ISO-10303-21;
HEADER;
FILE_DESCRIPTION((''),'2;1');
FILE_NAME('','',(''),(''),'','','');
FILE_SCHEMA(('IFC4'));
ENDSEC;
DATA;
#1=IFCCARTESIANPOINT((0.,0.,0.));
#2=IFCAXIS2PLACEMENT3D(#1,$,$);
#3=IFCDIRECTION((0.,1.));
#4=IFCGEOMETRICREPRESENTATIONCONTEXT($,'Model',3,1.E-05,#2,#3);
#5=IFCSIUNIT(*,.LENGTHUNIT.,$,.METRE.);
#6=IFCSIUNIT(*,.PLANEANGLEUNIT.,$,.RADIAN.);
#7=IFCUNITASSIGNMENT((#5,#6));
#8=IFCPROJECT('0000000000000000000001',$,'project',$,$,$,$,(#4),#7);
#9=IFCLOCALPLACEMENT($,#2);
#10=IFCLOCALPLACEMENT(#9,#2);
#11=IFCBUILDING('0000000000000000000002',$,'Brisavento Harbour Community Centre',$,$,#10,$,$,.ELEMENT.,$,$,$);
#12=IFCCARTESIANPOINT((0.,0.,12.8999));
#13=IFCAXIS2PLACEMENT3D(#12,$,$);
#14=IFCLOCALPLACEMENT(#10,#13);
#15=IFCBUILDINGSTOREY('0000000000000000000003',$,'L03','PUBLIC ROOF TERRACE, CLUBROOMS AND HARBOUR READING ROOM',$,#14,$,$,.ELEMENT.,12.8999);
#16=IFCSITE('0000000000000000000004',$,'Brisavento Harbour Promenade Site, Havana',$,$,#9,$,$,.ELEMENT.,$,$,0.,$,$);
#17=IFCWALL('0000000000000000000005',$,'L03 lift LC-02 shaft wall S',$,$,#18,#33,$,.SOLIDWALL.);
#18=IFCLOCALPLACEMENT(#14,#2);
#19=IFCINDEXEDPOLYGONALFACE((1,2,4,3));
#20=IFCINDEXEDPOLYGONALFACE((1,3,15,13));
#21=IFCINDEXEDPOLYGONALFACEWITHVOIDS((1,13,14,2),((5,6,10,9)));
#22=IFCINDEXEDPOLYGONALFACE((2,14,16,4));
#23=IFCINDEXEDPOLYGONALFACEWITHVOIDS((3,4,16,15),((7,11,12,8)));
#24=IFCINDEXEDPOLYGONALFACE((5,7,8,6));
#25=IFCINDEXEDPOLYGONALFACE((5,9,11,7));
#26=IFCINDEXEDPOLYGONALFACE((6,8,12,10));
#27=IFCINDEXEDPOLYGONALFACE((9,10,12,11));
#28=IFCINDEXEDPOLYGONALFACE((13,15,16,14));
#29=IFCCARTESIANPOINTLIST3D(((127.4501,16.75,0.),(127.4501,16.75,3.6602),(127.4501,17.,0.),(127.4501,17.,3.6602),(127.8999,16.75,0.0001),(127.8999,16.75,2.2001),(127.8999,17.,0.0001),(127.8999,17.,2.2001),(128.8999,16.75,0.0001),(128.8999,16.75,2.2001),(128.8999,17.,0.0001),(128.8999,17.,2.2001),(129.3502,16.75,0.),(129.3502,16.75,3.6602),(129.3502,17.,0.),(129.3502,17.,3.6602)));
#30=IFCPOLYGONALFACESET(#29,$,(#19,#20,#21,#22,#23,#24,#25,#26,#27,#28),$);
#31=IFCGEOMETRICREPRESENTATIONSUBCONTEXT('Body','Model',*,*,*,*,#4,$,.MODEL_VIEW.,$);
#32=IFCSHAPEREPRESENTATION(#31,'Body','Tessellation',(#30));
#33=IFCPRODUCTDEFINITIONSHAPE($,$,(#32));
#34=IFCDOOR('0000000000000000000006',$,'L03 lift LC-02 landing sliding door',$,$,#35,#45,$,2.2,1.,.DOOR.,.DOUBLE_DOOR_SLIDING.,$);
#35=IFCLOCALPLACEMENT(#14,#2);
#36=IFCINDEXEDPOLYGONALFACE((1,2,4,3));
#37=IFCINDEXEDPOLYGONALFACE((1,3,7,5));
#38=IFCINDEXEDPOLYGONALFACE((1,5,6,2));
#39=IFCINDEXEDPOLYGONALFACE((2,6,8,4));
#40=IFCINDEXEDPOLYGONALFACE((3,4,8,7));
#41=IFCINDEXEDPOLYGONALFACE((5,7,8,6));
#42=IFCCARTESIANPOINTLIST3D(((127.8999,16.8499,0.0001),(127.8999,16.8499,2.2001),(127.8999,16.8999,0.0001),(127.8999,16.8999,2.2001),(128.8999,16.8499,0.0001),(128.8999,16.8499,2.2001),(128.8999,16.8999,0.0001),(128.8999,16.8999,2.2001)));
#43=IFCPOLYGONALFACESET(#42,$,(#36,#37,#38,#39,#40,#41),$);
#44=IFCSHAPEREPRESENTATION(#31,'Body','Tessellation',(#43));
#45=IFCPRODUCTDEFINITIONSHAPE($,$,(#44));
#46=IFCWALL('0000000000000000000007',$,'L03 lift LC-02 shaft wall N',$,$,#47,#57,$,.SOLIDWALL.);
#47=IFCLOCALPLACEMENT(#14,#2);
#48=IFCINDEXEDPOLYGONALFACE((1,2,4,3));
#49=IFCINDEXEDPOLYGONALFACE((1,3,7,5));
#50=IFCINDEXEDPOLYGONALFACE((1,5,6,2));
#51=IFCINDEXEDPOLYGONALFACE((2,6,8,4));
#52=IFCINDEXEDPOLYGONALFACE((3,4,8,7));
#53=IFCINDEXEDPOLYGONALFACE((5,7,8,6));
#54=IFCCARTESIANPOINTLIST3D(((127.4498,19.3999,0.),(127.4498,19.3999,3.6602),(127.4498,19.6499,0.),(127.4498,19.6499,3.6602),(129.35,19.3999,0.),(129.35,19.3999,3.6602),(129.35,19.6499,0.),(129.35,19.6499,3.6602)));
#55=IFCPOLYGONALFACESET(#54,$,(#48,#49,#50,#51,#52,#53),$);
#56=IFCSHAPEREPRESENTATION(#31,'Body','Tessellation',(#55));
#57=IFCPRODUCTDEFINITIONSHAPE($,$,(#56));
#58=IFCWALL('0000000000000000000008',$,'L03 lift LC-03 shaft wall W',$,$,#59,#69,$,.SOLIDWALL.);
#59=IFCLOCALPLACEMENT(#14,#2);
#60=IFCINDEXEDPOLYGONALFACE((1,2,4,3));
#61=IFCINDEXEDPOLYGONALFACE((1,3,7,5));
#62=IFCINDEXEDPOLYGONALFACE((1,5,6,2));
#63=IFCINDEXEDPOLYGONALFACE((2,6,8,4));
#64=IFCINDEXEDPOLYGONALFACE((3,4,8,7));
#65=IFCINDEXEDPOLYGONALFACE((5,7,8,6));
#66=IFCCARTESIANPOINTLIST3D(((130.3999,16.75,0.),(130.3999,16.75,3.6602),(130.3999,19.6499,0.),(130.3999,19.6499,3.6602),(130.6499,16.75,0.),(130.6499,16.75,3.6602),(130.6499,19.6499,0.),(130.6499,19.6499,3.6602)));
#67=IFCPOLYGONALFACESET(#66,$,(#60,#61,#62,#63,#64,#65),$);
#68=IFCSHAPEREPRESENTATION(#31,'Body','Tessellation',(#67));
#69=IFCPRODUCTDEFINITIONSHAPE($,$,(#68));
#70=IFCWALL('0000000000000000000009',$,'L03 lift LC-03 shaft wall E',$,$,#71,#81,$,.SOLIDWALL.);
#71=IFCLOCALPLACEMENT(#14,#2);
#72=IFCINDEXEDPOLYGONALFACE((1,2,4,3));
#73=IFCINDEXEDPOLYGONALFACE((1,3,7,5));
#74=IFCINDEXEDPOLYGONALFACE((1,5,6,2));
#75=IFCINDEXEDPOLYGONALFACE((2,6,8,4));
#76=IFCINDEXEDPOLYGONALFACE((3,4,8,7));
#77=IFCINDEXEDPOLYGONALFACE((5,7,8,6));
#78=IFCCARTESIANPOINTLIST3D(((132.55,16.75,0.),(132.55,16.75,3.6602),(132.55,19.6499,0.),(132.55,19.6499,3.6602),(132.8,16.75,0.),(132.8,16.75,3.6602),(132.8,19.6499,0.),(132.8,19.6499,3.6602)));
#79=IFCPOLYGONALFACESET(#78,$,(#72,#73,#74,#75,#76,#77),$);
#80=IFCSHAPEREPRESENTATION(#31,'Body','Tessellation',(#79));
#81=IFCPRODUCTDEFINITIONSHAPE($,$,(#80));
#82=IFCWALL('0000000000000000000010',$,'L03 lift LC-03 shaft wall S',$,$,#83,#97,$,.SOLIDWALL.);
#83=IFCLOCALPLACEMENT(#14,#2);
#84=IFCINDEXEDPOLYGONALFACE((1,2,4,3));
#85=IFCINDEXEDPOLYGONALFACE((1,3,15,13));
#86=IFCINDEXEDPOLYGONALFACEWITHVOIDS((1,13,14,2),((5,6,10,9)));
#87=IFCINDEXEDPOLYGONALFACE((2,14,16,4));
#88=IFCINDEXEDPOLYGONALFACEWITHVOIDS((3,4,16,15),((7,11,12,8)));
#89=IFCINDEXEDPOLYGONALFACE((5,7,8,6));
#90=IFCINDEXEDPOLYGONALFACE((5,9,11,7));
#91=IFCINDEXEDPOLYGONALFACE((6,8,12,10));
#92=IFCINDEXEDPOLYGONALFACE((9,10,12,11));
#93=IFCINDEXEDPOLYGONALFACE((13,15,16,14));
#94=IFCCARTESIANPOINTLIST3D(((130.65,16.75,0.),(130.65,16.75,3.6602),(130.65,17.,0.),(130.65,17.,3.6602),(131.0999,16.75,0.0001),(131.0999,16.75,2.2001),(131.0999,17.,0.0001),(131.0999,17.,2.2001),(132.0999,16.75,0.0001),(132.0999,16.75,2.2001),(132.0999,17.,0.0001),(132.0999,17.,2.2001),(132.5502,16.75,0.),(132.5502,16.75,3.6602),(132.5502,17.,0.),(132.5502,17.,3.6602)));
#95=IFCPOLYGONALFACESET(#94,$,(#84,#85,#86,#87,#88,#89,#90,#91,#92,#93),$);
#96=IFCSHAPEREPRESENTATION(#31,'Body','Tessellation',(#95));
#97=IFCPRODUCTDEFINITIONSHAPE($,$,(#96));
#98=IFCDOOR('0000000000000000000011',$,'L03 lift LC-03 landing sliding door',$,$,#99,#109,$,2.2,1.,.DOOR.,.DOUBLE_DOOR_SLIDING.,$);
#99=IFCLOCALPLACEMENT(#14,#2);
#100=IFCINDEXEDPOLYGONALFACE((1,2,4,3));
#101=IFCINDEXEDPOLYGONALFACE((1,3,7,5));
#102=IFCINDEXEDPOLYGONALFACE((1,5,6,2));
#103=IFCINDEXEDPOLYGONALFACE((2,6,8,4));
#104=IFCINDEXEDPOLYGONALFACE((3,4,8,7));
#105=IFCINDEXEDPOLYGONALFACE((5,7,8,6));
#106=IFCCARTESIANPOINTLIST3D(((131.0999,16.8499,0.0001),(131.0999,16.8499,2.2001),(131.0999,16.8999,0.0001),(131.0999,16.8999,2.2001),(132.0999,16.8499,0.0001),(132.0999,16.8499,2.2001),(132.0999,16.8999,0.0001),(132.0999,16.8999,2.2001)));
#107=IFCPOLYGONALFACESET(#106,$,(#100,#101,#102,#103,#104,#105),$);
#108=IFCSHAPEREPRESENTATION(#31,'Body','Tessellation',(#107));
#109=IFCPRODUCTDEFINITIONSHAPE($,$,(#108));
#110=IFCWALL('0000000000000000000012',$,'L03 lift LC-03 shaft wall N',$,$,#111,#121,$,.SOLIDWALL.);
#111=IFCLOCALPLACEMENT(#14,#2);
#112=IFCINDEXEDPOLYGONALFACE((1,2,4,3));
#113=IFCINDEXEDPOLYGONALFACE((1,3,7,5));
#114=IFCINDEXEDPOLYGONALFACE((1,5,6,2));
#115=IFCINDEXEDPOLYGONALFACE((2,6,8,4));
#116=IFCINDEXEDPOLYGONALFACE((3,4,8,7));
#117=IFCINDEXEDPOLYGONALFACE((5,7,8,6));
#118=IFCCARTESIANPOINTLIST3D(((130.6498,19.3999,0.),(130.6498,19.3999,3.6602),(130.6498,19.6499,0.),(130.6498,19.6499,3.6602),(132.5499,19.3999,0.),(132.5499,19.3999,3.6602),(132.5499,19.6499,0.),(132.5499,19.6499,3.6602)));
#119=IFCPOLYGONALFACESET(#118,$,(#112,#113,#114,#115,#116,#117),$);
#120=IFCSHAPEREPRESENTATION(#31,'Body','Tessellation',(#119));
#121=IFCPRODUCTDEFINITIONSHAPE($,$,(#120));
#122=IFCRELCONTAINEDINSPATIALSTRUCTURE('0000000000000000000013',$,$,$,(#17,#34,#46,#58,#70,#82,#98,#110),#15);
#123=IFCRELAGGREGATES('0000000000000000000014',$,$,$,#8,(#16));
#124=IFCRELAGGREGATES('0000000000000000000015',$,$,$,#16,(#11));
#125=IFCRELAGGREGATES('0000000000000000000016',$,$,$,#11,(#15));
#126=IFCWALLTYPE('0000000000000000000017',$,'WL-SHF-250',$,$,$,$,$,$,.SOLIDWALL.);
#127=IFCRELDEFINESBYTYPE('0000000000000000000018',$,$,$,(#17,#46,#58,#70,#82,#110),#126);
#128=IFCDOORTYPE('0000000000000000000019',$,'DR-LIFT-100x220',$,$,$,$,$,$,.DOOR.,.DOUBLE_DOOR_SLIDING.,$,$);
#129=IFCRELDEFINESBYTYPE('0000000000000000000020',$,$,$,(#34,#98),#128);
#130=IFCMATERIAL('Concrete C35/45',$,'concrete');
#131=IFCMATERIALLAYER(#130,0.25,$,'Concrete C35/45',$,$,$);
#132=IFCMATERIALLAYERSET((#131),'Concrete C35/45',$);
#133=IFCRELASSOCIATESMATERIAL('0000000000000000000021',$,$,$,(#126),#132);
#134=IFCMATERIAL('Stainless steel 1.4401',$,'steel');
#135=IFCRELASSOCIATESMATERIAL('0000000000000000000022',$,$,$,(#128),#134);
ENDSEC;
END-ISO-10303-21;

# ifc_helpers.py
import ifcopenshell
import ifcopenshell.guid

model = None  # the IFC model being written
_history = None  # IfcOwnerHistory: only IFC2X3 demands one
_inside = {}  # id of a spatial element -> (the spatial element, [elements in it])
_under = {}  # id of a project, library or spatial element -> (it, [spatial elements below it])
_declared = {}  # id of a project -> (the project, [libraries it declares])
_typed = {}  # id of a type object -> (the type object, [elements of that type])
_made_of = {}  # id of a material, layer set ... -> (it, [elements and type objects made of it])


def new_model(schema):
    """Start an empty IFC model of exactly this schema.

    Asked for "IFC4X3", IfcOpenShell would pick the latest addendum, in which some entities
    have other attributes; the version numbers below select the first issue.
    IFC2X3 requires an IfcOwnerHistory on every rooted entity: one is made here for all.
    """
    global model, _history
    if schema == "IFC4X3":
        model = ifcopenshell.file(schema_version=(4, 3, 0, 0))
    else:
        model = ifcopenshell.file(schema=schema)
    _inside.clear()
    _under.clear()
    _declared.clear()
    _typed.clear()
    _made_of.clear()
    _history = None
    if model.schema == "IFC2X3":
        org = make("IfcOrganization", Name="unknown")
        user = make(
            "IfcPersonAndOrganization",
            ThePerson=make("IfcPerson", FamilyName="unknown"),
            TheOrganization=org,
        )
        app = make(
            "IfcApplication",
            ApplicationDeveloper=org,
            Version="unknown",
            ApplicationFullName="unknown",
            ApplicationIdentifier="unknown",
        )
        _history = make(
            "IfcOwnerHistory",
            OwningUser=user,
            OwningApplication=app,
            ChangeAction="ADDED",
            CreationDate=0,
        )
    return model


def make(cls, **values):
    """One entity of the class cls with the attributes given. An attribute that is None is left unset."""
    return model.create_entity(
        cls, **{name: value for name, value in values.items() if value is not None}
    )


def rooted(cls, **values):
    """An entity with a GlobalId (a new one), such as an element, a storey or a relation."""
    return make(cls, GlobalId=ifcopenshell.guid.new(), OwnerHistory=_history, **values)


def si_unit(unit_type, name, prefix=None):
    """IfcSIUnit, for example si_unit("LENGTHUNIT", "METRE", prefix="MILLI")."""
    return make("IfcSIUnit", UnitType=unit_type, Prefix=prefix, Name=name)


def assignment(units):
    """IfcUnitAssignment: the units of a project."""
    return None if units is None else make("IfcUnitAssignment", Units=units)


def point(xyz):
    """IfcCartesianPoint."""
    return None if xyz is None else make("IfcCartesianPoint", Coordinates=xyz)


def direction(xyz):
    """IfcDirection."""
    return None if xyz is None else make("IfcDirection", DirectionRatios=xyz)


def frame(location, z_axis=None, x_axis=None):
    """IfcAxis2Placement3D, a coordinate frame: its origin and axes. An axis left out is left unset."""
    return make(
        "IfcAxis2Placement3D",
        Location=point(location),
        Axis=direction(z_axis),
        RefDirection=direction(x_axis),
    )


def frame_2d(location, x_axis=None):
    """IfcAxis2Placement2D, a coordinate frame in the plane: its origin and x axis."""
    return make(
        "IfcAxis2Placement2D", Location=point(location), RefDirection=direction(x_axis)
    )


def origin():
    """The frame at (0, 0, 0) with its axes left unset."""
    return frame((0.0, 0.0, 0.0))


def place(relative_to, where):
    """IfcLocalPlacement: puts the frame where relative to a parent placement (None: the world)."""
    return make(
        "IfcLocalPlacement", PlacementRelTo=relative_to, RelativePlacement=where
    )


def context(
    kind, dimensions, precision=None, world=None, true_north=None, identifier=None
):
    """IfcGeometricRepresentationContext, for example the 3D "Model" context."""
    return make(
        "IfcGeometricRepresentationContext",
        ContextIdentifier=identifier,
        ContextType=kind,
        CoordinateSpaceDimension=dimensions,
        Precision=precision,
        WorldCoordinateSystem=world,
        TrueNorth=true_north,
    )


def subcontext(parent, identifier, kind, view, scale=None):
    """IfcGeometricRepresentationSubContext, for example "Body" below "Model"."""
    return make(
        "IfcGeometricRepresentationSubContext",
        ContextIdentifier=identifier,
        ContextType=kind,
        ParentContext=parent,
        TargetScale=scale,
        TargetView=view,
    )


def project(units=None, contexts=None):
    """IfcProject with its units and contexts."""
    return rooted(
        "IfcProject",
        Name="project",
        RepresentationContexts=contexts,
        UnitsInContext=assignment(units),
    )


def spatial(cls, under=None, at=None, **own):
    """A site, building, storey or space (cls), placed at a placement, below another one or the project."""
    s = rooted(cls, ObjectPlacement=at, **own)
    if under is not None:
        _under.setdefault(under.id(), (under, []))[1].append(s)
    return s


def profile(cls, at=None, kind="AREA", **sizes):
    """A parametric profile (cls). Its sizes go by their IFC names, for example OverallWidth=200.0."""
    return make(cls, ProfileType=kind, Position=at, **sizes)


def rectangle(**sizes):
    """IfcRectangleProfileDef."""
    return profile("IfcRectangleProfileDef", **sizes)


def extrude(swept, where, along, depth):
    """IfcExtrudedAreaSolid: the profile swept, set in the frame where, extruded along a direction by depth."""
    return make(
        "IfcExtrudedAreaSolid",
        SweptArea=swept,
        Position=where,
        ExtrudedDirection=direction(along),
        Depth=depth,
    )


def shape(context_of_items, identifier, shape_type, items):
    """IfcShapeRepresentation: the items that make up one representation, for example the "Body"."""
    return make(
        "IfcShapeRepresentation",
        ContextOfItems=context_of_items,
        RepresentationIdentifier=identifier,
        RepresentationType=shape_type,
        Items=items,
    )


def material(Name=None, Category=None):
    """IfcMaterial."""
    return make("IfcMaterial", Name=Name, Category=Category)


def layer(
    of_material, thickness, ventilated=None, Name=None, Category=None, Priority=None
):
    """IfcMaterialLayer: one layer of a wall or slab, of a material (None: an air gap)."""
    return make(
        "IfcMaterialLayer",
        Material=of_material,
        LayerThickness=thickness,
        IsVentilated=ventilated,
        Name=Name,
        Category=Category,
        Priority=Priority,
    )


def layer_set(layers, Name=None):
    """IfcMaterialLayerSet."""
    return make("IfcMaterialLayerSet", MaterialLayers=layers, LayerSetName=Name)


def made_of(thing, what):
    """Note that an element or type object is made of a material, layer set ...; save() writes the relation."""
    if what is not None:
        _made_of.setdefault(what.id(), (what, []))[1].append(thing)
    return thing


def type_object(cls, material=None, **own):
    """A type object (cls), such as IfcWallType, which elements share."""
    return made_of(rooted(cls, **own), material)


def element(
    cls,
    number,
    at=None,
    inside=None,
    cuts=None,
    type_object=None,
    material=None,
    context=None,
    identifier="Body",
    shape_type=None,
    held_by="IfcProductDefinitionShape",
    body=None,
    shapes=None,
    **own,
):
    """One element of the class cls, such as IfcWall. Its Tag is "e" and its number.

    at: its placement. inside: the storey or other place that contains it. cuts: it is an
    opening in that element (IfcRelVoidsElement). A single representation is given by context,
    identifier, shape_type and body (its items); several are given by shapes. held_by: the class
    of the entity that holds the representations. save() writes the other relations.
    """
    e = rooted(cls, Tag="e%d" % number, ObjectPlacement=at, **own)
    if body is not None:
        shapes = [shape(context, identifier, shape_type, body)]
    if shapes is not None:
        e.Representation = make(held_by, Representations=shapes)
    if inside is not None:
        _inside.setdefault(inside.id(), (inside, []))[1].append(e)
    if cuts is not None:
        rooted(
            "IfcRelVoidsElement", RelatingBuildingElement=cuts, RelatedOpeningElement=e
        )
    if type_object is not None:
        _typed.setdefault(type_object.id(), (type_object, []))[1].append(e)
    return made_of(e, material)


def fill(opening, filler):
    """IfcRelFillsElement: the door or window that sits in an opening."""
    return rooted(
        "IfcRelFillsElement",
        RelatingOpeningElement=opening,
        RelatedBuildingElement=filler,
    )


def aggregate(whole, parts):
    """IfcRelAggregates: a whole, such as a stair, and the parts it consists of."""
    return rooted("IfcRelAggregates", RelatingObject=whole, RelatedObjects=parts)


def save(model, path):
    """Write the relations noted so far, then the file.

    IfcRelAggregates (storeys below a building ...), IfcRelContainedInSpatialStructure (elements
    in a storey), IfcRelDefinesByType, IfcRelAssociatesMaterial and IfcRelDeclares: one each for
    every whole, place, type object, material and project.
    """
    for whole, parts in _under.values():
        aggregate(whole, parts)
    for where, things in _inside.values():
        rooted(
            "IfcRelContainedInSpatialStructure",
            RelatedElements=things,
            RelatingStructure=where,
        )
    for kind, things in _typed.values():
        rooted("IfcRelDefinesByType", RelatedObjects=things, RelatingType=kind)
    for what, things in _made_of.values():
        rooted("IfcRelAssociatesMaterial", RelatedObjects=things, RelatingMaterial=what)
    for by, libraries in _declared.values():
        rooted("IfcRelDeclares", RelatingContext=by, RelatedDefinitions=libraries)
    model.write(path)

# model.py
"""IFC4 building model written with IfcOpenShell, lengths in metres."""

from ifc_helpers import new_model, si_unit, direction, frame, frame_2d, origin, place, context, subcontext, project, spatial, rectangle, extrude, material, layer, layer_set, type_object, element, fill, save


model = new_model("IFC4")

# Units and contexts
model_context = context("Model", 3, precision=1e-05, world=origin(), true_north=direction((0.0, 1.0)))
body_context = subcontext(model_context, "Body", "Model", "MODEL_VIEW")
ifc_project = project(units=[si_unit("LENGTHUNIT", "METRE"), si_unit("PLANEANGLEUNIT", "RADIAN")], contexts=[model_context])

# Site, building, storey
site_placement = place(None, origin())
site = spatial("IfcSite", under=ifc_project, at=site_placement, Name="Brisavento Harbour Promenade Site, Havana", CompositionType="ELEMENT", RefElevation=0.0)
building_placement = place(site_placement, origin())
building = spatial("IfcBuilding", under=site, at=building_placement, Name="Brisavento Harbour Community Centre", CompositionType="ELEMENT")
storey_placement = place(building_placement, frame((0.0, 0.0, 12.8999)))
storey = spatial("IfcBuildingStorey", under=building, at=storey_placement, Name="L03", Description="PUBLIC ROOF TERRACE, CLUBROOMS AND HARBOUR READING ROOM", CompositionType="ELEMENT", Elevation=12.8999)

# Shared definitions
ifc_material_1 = material(Name="Concrete C35/45", Category="concrete")

# Shared definitions
ifc_layer_1 = layer(ifc_material_1, 0.25, Name="Concrete C35/45")
ifc_layer_set_1 = layer_set([ifc_layer_1], Name="Concrete C35/45")
wall_type_1 = type_object("IfcWallType", Name="WL-SHF-250", PredefinedType="SOLIDWALL", material=ifc_layer_set_1)

# Wall, opening, door
wall_1_placement = place(storey_placement, frame((127.45, 16.875, 0.0), z_axis=(0.0, 0.0, 1.0), x_axis=(1.0, 0.0, 0.0)))
wall_1 = element("IfcWall", 1, at=wall_1_placement, inside=storey, type_object=wall_type_1, Name="L03 lift LC-02 shaft wall S", PredefinedType="SOLIDWALL", context=body_context, shape_type="SweptSolid", body=[
    extrude(rectangle(XDim=1.9001, YDim=0.25, at=frame_2d((0.9502, 0.0))), origin(), (0.0, 0.0, 1.0), 3.6602),
])
opening_1_placement = place(wall_1_placement, frame((0.45, 0.0, 0.0)))
opening_1 = element("IfcOpeningElement", 2, at=opening_1_placement, cuts=wall_1, PredefinedType="OPENING", context=body_context, shape_type="SweptSolid", body=[
    extrude(rectangle(XDim=1.0, YDim=2.2, at=frame_2d((0.5, 1.1001))), frame((0.0, 0.135, 0.0), z_axis=(0.0, -1.0, 0.0), x_axis=(1.0, 0.0, 0.0)), (0.0, 0.0, 1.0), 0.27),
])
ifc_material_2 = material(Name="Stainless steel 1.4401", Category="steel")
door_type_1 = type_object("IfcDoorType", Name="DR-LIFT-100x220", OperationType="DOUBLE_DOOR_SLIDING", PredefinedType="DOOR", material=ifc_material_2)
door_1_placement = place(opening_1_placement, origin())
door_1 = element("IfcDoor", 3, at=door_1_placement, inside=storey, type_object=door_type_1, Name="L03 lift LC-02 landing sliding door", OperationType="DOUBLE_DOOR_SLIDING", OverallHeight=2.2, OverallWidth=1.0, PredefinedType="DOOR", context=body_context, shape_type="SweptSolid", body=[
    extrude(rectangle(XDim=1.0, YDim=2.2, at=frame_2d((0.5, 1.1001))), frame((0.0, 0.0249, 0.0), z_axis=(0.0, -1.0, 0.0), x_axis=(1.0, 0.0, 0.0)), (0.0, 0.0, 1.0), 0.05),
])
fill(opening_1, door_1)

# Walls
wall_2_placement = place(storey_placement, frame((129.3501, 19.5249, 0.0), z_axis=(0.0, 0.0, 1.0), x_axis=(-1.0, 0.0, 0.0)))
element("IfcWall", 4, at=wall_2_placement, inside=storey, type_object=wall_type_1, Name="L03 lift LC-02 shaft wall N", PredefinedType="SOLIDWALL", context=body_context, shape_type="SweptSolid", body=[
    extrude(rectangle(XDim=1.9001, YDim=0.25, at=frame_2d((0.9502, 0.0))), origin(), (0.0, 0.0, 1.0), 3.6602),
])
for number, where, z_axis, x_axis, name in (
    (5, (130.5249, 16.75, 0.0), (0.0, 0.0, 1.0), (0.0, 1.0, 0.0), "L03 lift LC-03 shaft wall W"),
    (6, (132.675, 19.6499, 0.0), (0.0, 0.0, 1.0), (0.0, -1.0, 0.0), "L03 lift LC-03 shaft wall E"),
):
    element("IfcWall", number, at=place(storey_placement, frame(where, z_axis=z_axis, x_axis=x_axis)), inside=storey, type_object=wall_type_1, Name=name, PredefinedType="SOLIDWALL", context=body_context, shape_type="SweptSolid", body=[
        extrude(rectangle(XDim=2.8999, YDim=0.25, at=frame_2d((1.45, 0.0))), origin(), (0.0, 0.0, 1.0), 3.6602),
    ])

# Wall, opening, door
wall_3_placement = place(storey_placement, frame((130.6499, 16.875, 0.0), z_axis=(0.0, 0.0, 1.0), x_axis=(1.0, 0.0, 0.0)))
wall_3 = element("IfcWall", 7, at=wall_3_placement, inside=storey, type_object=wall_type_1, Name="L03 lift LC-03 shaft wall S", PredefinedType="SOLIDWALL", context=body_context, shape_type="SweptSolid", body=[
    extrude(rectangle(XDim=1.9001, YDim=0.25, at=frame_2d((0.9502, 0.0))), origin(), (0.0, 0.0, 1.0), 3.6602),
])
opening_2_placement = place(wall_3_placement, frame((0.45, 0.0, 0.0)))
opening_2 = element("IfcOpeningElement", 8, at=opening_2_placement, cuts=wall_3, PredefinedType="OPENING", context=body_context, shape_type="SweptSolid", body=[
    extrude(rectangle(XDim=1.0, YDim=2.2, at=frame_2d((0.5, 1.1001))), frame((0.0, 0.135, 0.0), z_axis=(0.0, -1.0, 0.0), x_axis=(1.0, 0.0, 0.0)), (0.0, 0.0, 1.0), 0.27),
])
door_2_placement = place(opening_2_placement, origin())
door_2 = element("IfcDoor", 9, at=door_2_placement, inside=storey, type_object=door_type_1, Name="L03 lift LC-03 landing sliding door", OperationType="DOUBLE_DOOR_SLIDING", OverallHeight=2.2, OverallWidth=1.0, PredefinedType="DOOR", context=body_context, shape_type="SweptSolid", body=[
    extrude(rectangle(XDim=1.0, YDim=2.2, at=frame_2d((0.5, 1.1001))), frame((0.0, 0.0249, 0.0), z_axis=(0.0, -1.0, 0.0), x_axis=(1.0, 0.0, 0.0)), (0.0, 0.0, 1.0), 0.05),
])
fill(opening_2, door_2)

# Wall
wall_4_placement = place(storey_placement, frame((132.55, 19.5249, 0.0), z_axis=(0.0, 0.0, 1.0), x_axis=(-1.0, 0.0, 0.0)))
element("IfcWall", 10, at=wall_4_placement, inside=storey, type_object=wall_type_1, Name="L03 lift LC-03 shaft wall N", PredefinedType="SOLIDWALL", context=body_context, shape_type="SweptSolid", body=[
    extrude(rectangle(XDim=1.9001, YDim=0.25, at=frame_2d((0.9502, 0.0))), origin(), (0.0, 0.0, 1.0), 3.6602),
])

save(model, "model.ifc")
